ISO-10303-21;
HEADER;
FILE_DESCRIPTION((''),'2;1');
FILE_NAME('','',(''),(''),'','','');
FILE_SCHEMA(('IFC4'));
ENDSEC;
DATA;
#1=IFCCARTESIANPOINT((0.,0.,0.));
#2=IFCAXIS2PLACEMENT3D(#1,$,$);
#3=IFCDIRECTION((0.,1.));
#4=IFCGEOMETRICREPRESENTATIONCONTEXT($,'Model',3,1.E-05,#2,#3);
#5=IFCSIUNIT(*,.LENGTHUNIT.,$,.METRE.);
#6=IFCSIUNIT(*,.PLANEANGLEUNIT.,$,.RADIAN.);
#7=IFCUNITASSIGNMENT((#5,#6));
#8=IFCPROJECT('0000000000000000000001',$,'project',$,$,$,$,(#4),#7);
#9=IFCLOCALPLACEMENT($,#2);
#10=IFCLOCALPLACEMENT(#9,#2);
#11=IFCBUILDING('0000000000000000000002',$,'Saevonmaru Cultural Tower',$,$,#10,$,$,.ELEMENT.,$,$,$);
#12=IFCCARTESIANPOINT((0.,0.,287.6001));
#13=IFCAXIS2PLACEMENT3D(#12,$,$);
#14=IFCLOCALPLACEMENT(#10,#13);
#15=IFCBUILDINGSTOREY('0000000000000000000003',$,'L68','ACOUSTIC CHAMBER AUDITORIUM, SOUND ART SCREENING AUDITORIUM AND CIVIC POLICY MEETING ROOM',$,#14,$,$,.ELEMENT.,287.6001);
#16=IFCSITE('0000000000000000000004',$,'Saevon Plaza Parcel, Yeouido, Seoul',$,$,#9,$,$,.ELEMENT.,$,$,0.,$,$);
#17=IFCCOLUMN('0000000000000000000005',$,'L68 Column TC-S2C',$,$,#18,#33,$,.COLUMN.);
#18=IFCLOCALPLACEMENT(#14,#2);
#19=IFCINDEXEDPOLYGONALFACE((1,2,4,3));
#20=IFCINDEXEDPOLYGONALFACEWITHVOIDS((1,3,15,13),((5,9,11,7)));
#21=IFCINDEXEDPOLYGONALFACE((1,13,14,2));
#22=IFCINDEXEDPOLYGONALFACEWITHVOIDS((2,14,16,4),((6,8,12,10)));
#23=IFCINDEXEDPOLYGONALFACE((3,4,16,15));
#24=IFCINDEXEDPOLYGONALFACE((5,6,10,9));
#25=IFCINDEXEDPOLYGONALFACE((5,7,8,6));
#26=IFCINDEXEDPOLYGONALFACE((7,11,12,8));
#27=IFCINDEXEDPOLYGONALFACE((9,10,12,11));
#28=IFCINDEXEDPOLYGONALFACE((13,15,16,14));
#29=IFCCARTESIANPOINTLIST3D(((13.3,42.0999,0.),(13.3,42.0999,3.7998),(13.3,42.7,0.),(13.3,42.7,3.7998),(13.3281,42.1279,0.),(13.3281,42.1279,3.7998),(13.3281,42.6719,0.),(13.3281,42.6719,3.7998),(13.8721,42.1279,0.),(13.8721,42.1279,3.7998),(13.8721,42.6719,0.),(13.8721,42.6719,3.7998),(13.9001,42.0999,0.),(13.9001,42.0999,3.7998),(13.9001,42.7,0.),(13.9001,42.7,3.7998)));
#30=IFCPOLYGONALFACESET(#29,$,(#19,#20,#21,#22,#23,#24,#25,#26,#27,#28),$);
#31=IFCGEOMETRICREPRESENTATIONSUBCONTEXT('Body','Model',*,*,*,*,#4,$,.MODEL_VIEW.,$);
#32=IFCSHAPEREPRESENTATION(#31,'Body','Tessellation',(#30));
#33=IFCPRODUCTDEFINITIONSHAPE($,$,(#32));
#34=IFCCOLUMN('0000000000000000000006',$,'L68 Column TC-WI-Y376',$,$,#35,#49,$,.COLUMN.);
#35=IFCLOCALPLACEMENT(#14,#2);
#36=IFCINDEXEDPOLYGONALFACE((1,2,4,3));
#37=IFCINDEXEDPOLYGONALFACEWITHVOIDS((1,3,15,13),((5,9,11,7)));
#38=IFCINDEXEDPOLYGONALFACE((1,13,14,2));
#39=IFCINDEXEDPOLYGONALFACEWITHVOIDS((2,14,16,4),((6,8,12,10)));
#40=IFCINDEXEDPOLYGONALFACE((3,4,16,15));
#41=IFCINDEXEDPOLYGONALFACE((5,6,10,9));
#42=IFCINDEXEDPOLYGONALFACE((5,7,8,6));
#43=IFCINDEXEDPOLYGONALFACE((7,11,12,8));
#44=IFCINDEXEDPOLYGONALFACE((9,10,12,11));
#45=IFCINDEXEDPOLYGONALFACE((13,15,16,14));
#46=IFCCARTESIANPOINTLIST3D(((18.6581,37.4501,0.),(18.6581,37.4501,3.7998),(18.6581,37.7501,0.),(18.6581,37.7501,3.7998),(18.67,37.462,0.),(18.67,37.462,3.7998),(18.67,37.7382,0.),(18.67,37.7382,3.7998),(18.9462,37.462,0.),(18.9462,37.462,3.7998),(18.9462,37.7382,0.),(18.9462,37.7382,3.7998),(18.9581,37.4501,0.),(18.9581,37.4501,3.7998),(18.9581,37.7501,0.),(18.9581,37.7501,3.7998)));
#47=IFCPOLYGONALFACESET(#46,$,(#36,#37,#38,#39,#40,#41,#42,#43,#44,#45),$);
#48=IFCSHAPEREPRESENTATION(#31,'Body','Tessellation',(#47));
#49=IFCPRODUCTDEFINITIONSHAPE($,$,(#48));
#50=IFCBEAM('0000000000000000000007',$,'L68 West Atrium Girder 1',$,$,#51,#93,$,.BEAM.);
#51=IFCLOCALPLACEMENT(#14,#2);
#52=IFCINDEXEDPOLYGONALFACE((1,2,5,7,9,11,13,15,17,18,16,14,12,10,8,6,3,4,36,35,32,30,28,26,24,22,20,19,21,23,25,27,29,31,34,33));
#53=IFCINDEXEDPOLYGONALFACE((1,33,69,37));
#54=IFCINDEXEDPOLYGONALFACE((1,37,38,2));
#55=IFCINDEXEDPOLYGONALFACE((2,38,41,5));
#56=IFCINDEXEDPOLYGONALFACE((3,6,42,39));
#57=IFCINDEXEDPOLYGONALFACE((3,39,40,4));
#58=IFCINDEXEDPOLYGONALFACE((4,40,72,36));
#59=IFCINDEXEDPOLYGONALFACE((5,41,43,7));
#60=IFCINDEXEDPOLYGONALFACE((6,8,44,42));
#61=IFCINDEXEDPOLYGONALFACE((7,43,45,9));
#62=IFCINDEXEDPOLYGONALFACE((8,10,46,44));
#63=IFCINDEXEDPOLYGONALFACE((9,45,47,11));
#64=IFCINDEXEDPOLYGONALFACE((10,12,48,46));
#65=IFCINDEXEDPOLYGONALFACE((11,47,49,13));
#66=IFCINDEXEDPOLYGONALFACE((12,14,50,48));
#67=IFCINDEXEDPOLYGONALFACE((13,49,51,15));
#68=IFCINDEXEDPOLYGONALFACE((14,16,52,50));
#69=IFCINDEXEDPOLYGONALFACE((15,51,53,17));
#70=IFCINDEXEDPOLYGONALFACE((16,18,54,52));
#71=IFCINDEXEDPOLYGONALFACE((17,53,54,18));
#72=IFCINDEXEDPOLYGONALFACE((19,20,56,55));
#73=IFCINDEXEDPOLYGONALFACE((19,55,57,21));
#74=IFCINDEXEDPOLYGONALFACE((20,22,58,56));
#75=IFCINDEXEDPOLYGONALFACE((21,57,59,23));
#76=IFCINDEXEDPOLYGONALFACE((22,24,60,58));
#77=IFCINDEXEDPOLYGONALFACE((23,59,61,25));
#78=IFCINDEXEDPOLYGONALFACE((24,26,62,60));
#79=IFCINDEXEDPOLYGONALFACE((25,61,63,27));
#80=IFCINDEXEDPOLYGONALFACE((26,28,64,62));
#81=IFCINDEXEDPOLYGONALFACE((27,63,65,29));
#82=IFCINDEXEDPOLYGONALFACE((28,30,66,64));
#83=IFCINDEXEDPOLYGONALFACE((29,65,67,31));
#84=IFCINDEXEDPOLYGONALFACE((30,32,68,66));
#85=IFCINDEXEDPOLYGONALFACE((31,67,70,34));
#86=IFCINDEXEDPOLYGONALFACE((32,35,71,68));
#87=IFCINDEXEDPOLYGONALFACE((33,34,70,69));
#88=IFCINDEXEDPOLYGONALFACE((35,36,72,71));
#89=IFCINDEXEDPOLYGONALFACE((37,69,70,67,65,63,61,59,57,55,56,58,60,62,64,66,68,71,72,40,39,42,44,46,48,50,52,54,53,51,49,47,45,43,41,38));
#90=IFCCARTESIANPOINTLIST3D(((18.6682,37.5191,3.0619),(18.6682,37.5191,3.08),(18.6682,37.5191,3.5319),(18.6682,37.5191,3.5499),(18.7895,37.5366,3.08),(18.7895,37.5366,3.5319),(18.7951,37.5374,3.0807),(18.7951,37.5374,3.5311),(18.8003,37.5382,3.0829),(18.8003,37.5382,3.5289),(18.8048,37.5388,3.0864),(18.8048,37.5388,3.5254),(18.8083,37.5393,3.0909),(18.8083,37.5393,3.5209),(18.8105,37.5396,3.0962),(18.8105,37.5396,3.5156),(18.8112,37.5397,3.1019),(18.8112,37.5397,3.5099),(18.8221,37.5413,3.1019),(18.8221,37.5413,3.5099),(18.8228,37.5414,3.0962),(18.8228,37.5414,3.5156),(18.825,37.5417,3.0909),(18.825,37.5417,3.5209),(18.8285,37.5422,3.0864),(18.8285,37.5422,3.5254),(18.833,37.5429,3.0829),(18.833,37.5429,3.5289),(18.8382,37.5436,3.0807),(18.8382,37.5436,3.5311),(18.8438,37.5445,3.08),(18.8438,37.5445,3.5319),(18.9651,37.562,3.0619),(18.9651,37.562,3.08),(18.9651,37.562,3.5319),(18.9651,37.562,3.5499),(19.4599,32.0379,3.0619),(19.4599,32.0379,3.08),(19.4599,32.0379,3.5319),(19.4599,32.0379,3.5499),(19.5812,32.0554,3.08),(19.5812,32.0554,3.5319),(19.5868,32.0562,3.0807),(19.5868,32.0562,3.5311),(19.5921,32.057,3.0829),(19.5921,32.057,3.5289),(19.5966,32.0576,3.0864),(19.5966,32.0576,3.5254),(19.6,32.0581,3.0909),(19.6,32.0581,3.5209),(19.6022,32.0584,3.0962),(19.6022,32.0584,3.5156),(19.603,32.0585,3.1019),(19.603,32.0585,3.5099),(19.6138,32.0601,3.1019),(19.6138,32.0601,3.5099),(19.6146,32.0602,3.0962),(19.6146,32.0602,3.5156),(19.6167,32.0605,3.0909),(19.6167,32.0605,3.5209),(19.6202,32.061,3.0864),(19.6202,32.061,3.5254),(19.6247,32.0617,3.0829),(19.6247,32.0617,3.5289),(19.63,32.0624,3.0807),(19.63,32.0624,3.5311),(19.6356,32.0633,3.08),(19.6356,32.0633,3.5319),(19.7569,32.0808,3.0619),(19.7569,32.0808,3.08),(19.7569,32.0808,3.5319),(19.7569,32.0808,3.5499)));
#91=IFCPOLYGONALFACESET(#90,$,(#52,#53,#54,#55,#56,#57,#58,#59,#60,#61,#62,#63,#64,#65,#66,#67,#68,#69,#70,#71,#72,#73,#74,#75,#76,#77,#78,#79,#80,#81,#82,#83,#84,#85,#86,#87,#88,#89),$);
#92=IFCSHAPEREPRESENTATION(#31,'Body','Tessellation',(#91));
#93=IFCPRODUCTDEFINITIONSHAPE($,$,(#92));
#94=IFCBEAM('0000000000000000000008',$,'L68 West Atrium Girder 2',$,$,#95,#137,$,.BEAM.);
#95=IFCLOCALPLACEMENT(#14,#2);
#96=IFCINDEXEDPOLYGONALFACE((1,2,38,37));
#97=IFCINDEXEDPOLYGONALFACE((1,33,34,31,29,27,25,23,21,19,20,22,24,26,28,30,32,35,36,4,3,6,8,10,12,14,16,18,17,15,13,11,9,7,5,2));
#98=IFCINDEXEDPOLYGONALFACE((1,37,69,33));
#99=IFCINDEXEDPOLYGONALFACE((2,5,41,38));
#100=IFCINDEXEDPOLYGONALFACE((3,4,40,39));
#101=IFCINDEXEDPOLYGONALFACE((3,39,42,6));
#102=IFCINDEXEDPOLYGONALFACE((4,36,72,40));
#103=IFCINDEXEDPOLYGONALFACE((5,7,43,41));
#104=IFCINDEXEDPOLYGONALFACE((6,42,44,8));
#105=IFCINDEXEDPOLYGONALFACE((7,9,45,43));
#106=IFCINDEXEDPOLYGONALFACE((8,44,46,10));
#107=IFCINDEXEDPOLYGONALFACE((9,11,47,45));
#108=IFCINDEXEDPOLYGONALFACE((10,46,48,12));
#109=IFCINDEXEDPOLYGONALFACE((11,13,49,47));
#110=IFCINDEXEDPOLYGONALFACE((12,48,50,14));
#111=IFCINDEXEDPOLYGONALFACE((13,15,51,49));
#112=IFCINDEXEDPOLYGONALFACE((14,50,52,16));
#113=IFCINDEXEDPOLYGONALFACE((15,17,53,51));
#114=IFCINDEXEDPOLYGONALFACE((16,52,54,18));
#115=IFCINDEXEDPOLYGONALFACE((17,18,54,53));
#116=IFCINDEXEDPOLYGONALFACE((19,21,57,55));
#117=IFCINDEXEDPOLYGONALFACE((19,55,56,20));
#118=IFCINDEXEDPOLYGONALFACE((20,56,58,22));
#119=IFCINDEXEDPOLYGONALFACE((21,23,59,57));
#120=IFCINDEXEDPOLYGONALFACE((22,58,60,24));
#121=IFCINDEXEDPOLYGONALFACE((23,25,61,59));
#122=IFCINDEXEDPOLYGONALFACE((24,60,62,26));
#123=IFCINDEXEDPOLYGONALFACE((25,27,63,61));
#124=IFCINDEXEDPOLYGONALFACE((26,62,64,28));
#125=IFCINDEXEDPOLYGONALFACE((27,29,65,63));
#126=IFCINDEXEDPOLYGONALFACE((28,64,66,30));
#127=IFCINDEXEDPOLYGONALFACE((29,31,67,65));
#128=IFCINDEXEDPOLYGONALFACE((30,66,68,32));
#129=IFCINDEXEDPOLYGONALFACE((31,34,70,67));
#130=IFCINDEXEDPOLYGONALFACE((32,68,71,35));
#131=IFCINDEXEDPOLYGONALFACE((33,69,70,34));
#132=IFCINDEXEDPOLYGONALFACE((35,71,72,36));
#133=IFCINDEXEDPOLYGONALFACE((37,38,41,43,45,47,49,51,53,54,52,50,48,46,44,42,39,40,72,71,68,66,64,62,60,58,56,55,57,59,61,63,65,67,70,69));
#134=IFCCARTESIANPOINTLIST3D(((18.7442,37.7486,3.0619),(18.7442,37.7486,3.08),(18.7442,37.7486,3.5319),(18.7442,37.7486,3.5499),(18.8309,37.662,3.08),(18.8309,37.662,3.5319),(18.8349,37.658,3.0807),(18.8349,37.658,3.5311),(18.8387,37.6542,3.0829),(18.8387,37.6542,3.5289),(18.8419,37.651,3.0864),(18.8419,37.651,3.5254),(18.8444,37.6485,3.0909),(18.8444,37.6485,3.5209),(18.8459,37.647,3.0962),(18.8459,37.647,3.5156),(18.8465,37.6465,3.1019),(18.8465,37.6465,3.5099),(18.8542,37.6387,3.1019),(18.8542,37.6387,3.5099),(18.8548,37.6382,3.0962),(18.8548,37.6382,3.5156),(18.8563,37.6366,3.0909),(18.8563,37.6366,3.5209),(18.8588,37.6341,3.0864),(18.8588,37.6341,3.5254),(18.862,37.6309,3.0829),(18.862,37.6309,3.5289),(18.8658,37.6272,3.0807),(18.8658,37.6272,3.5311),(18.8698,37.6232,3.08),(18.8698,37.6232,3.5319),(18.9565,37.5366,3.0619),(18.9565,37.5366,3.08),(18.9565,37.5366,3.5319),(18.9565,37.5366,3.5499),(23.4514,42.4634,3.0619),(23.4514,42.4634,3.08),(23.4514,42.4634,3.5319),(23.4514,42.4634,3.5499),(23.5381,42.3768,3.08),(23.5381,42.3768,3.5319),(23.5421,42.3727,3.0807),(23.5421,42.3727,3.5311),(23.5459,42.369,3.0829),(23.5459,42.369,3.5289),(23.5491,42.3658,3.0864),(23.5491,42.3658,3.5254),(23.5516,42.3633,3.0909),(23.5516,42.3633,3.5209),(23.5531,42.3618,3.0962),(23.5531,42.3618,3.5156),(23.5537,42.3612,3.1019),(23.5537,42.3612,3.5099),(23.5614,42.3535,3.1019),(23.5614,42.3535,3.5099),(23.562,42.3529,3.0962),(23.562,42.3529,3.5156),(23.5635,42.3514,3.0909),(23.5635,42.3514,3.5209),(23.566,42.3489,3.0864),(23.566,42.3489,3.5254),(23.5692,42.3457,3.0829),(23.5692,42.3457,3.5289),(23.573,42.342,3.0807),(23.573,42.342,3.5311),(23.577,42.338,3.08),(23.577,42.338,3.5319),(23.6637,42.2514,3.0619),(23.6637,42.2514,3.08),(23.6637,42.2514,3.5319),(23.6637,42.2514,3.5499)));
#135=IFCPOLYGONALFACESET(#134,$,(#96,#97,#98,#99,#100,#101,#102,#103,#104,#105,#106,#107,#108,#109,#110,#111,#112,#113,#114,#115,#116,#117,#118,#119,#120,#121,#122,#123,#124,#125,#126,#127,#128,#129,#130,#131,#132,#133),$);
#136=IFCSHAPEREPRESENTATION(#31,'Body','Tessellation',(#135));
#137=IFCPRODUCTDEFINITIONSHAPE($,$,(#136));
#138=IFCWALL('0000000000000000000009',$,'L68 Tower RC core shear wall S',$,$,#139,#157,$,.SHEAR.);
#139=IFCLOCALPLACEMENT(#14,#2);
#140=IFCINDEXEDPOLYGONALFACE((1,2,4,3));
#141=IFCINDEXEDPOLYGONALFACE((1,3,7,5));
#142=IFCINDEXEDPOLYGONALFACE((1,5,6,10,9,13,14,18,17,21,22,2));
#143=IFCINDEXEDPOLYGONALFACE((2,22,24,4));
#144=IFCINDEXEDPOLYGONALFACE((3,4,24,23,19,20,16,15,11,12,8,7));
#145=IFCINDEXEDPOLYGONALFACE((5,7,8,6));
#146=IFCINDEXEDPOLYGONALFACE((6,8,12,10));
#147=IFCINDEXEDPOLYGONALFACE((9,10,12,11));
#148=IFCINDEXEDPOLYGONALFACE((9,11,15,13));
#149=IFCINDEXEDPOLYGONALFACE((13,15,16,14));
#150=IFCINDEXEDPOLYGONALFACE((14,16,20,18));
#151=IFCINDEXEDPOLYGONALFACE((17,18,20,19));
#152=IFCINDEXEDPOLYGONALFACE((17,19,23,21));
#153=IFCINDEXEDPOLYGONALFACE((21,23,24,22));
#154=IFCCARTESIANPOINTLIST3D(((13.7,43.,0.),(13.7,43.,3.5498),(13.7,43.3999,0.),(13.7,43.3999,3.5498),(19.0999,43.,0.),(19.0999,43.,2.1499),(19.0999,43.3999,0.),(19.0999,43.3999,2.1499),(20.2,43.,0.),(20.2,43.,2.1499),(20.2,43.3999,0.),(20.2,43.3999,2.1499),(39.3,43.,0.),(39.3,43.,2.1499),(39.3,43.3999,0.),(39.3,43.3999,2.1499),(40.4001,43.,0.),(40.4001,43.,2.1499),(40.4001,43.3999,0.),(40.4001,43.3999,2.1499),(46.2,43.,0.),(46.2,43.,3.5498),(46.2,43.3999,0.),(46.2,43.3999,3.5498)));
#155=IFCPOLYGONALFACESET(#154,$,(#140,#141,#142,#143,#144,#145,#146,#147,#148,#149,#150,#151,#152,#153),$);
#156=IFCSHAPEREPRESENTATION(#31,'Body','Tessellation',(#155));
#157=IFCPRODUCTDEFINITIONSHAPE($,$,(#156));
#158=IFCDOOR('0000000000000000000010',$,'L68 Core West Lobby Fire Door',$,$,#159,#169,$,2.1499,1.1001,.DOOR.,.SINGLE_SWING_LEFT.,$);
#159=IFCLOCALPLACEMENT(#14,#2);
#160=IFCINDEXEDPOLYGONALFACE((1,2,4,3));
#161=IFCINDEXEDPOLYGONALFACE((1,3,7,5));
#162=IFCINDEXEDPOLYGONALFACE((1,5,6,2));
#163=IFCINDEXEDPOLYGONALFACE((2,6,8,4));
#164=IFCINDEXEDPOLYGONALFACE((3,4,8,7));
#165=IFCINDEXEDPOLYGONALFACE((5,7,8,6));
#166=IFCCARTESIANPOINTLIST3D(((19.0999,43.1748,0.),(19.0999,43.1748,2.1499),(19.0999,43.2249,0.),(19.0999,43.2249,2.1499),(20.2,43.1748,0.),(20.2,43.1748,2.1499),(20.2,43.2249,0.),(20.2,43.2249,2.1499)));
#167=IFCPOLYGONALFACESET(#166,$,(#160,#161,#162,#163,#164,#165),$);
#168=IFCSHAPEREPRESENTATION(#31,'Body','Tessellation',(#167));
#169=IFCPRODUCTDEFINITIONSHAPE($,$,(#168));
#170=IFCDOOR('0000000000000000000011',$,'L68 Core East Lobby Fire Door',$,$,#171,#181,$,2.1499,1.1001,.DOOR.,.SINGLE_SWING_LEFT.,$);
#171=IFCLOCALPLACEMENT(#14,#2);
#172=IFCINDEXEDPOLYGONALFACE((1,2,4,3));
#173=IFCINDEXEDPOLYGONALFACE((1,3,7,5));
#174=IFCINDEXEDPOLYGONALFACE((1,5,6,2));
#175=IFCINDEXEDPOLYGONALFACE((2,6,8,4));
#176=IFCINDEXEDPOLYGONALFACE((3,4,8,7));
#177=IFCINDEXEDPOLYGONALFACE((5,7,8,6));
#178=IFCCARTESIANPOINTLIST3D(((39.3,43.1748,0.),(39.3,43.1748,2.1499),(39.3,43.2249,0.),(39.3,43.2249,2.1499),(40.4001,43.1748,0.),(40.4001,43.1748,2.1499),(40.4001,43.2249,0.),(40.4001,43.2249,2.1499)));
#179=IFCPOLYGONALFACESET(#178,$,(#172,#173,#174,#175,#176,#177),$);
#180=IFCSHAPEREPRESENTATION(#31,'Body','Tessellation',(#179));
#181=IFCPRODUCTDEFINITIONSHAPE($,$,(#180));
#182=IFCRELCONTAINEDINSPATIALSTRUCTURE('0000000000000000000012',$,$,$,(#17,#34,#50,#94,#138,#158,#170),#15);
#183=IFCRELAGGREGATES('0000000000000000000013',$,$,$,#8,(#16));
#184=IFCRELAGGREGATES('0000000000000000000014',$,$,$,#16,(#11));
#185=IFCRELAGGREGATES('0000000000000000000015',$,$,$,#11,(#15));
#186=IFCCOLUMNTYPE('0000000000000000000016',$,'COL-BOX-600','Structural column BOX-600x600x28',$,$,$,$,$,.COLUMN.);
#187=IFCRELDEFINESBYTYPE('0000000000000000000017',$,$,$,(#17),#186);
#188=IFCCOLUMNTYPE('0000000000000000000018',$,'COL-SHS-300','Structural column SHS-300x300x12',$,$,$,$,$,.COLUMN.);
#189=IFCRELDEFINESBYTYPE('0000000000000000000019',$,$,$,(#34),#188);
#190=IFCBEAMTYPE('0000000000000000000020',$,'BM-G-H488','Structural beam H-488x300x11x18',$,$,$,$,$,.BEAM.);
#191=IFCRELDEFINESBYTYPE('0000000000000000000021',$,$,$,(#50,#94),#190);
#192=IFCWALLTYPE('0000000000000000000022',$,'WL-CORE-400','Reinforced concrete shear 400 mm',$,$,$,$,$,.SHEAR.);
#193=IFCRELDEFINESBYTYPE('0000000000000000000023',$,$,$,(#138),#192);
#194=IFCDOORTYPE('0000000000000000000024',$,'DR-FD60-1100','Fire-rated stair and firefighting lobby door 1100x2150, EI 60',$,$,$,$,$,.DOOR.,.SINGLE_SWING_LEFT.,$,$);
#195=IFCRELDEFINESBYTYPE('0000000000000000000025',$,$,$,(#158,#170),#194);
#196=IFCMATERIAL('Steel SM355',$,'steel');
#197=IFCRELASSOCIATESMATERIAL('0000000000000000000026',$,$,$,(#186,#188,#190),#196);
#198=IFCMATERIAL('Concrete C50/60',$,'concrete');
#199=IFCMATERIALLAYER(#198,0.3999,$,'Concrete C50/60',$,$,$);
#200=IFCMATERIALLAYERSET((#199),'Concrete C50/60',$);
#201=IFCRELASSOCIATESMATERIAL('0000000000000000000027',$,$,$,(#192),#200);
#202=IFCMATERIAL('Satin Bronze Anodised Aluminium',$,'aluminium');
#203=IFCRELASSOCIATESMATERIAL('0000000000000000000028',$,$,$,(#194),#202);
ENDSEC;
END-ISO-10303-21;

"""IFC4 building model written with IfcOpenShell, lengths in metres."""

from ifc_helpers import new_model, si_unit, direction, frame, frame_2d, origin, origin_2d, place, context, subcontext, project, spatial, rectangle, hollow_rectangle, i_section, extrude, material, layer, layer_set, material_profile, profile_set, type_object, element, fill, save


model = new_model("IFC4")

# Units and contexts
model_context = context("Model", 3, precision=1e-05, world=origin(), true_north=direction((0.0, 1.0)))
body_context = subcontext(model_context, "Body", "Model", "MODEL_VIEW")
ifc_project = project(units=[si_unit("LENGTHUNIT", "METRE"), si_unit("PLANEANGLEUNIT", "RADIAN")], contexts=[model_context])

# Site, building, storey
site_placement = place(None, origin())
site = spatial("IfcSite", under=ifc_project, at=site_placement, Name="Saevon Plaza Parcel, Yeouido, Seoul", CompositionType="ELEMENT", RefElevation=0.0)
building_placement = place(site_placement, origin())
building = spatial("IfcBuilding", under=site, at=building_placement, Name="Saevonmaru Cultural Tower", CompositionType="ELEMENT")
storey_placement = place(building_placement, frame((0.0, 0.0, 287.6001)))
storey = spatial("IfcBuildingStorey", under=building, at=storey_placement, Name="L68", Description="ACOUSTIC CHAMBER AUDITORIUM, SOUND ART SCREENING AUDITORIUM AND CIVIC POLICY MEETING ROOM", CompositionType="ELEMENT", Elevation=287.6001)

# Columns
ifc_material_1 = material(Name="Steel SM355", Category="steel")
ifc_material_profile_1 = material_profile(ifc_material_1, hollow_rectangle(XDim=0.6001, YDim=0.6001, WallThickness=0.0281, at=origin_2d()), Name="BOX-600x600x28")
ifc_profile_set_1 = profile_set([ifc_material_profile_1], Name="Steel SM355")
column_type_1 = type_object("IfcColumnType", Name="COL-BOX-600", Description="Structural column BOX-600x600x28", PredefinedType="COLUMN", material=ifc_profile_set_1)
column_1_placement = place(storey_placement, frame((13.6001, 42.3999, 0.0), z_axis=(0.0, 0.0, 1.0), x_axis=(1.0, 0.0, 0.0)))
element("IfcColumn", 1, at=column_1_placement, inside=storey, type_object=column_type_1, Name="L68 Column TC-S2C", PredefinedType="COLUMN", context=body_context, shape_type="SweptSolid", body=[
    extrude(hollow_rectangle(XDim=0.6001, YDim=0.6001, WallThickness=0.0281, at=origin_2d()), origin(), (0.0, 0.0, 1.0), 3.7998),
])
ifc_material_profile_2 = material_profile(ifc_material_1, hollow_rectangle(XDim=0.3, YDim=0.3, WallThickness=0.012, at=origin_2d()), Name="SHS-300x300x12")
ifc_profile_set_2 = profile_set([ifc_material_profile_2], Name="Steel SM355")
column_type_2 = type_object("IfcColumnType", Name="COL-SHS-300", Description="Structural column SHS-300x300x12", PredefinedType="COLUMN", material=ifc_profile_set_2)
column_2_placement = place(storey_placement, frame((18.8081, 37.6001, 0.0), z_axis=(0.0, 0.0, 1.0), x_axis=(1.0, 0.0, 0.0)))
element("IfcColumn", 2, at=column_2_placement, inside=storey, type_object=column_type_2, Name="L68 Column TC-WI-Y376", PredefinedType="COLUMN", context=body_context, shape_type="SweptSolid", body=[
    extrude(hollow_rectangle(XDim=0.3, YDim=0.3, WallThickness=0.012, at=origin_2d()), origin(), (0.0, 0.0, 1.0), 3.7998),
])

# Beams
ifc_material_profile_3 = material_profile(ifc_material_1, i_section(OverallWidth=0.3, OverallDepth=0.488, WebThickness=0.011, FlangeThickness=0.0181, FilletRadius=0.022, at=origin_2d()), Name="H-488x300x11x18")
ifc_profile_set_3 = profile_set([ifc_material_profile_3], Name="Steel SM355")
beam_type = type_object("IfcBeamType", Name="BM-G-H488", Description="Structural beam H-488x300x11x18", PredefinedType="BEAM", material=ifc_profile_set_3)
beam_1_placement = place(storey_placement, frame((19.6084, 32.0593, 3.3059), z_axis=(-0.142964, 0.989728, 0.0), x_axis=(-0.989728, -0.142964, 0.0)))
element("IfcBeam", 3, at=beam_1_placement, inside=storey, type_object=beam_type, Name="L68 West Atrium Girder 1", PredefinedType="BEAM", context=body_context, shape_type="SweptSolid", body=[
    extrude(i_section(OverallWidth=0.3, OverallDepth=0.488, WebThickness=0.011, FlangeThickness=0.0181, FilletRadius=0.022, at=origin_2d()), origin(), (0.0, 0.0, 1.0), 5.5381),
])
beam_2_placement = place(storey_placement, frame((18.8503, 37.6426, 3.3059), z_axis=(0.706539, 0.707675, 0.0), x_axis=(-0.707675, 0.706539, 0.0)))
element("IfcBeam", 4, at=beam_2_placement, inside=storey, type_object=beam_type, Name="L68 West Atrium Girder 2", PredefinedType="BEAM", context=body_context, shape_type="SweptSolid", body=[
    extrude(i_section(OverallWidth=0.3, OverallDepth=0.488, WebThickness=0.011, FlangeThickness=0.0181, FilletRadius=0.022, at=origin_2d()), origin(), (0.0, 0.0, 1.0), 6.6624),
])

# Wall, openings, doors
ifc_material_2 = material(Name="Concrete C50/60", Category="concrete")
ifc_layer_1 = layer(ifc_material_2, 0.3999, Name="Concrete C50/60")
ifc_layer_set_1 = layer_set([ifc_layer_1], Name="Concrete C50/60")
wall_type_1 = type_object("IfcWallType", Name="WL-CORE-400", Description="Reinforced concrete shear 400 mm", PredefinedType="SHEAR", material=ifc_layer_set_1)
wall_1_placement = place(storey_placement, frame((13.7, 43.2, 0.0), z_axis=(0.0, 0.0, 1.0), x_axis=(1.0, 0.0, 0.0)))
wall_1 = element("IfcWall", 5, at=wall_1_placement, inside=storey, type_object=wall_type_1, Name="L68 Tower RC core shear wall S", PredefinedType="SHEAR", context=body_context, shape_type="SweptSolid", body=[
    extrude(rectangle(XDim=32.5, YDim=0.3999, at=frame_2d((16.25, 0.0))), origin(), (0.0, 0.0, 1.0), 3.5498),
])
opening_1_placement = place(wall_1_placement, frame((5.3999, 0.0, 0.0)))
opening_1 = element("IfcOpeningElement", 6, at=opening_1_placement, cuts=wall_1, PredefinedType="OPENING", context=body_context, shape_type="SweptSolid", body=[
    extrude(rectangle(XDim=1.1001, YDim=2.1499, at=frame_2d((0.55, 1.075))), frame((0.0, 0.21, 0.0), z_axis=(0.0, -1.0, 0.0), x_axis=(1.0, 0.0, 0.0)), (0.0, 0.0, 1.0), 0.4199),
])
opening_2_placement = place(wall_1_placement, frame((25.6001, 0.0, 0.0)))
opening_2 = element("IfcOpeningElement", 7, at=opening_2_placement, cuts=wall_1, PredefinedType="OPENING", context=body_context, shape_type="SweptSolid", body=[
    extrude(rectangle(XDim=1.1001, YDim=2.1499, at=frame_2d((0.55, 1.075))), frame((0.0, 0.21, 0.0), z_axis=(0.0, -1.0, 0.0), x_axis=(1.0, 0.0, 0.0)), (0.0, 0.0, 1.0), 0.4199),
])
ifc_material_3 = material(Name="Satin Bronze Anodised Aluminium", Category="aluminium")
door_type_1 = type_object("IfcDoorType", Name="DR-FD60-1100", Description="Fire-rated stair and firefighting lobby door 1100x2150, EI 60", OperationType="SINGLE_SWING_LEFT", PredefinedType="DOOR", material=ifc_material_3)
door_1_placement = place(opening_1_placement, origin())
door_1 = element("IfcDoor", 8, at=door_1_placement, inside=storey, type_object=door_type_1, Name="L68 Core West Lobby Fire Door", OperationType="SINGLE_SWING_LEFT", OverallHeight=2.1499, OverallWidth=1.1001, PredefinedType="DOOR", context=body_context, shape_type="SweptSolid", body=[
    extrude(rectangle(XDim=1.1001, YDim=2.1499, at=frame_2d((0.55, 1.075))), frame((0.0, 0.0249, 0.0), z_axis=(0.0, -1.0, 0.0), x_axis=(1.0, 0.0, 0.0)), (0.0, 0.0, 1.0), 0.05),
])
fill(opening_1, door_1)
door_2_placement = place(opening_2_placement, origin())
door_2 = element("IfcDoor", 9, at=door_2_placement, inside=storey, type_object=door_type_1, Name="L68 Core East Lobby Fire Door", OperationType="SINGLE_SWING_LEFT", OverallHeight=2.1499, OverallWidth=1.1001, PredefinedType="DOOR", context=body_context, shape_type="SweptSolid", body=[
    extrude(rectangle(XDim=1.1001, YDim=2.1499, at=frame_2d((0.55, 1.075))), frame((0.0, 0.0249, 0.0), z_axis=(0.0, -1.0, 0.0), x_axis=(1.0, 0.0, 0.0)), (0.0, 0.0, 1.0), 0.05),
])
fill(opening_2, door_2)

save(model, "model.ifc")
